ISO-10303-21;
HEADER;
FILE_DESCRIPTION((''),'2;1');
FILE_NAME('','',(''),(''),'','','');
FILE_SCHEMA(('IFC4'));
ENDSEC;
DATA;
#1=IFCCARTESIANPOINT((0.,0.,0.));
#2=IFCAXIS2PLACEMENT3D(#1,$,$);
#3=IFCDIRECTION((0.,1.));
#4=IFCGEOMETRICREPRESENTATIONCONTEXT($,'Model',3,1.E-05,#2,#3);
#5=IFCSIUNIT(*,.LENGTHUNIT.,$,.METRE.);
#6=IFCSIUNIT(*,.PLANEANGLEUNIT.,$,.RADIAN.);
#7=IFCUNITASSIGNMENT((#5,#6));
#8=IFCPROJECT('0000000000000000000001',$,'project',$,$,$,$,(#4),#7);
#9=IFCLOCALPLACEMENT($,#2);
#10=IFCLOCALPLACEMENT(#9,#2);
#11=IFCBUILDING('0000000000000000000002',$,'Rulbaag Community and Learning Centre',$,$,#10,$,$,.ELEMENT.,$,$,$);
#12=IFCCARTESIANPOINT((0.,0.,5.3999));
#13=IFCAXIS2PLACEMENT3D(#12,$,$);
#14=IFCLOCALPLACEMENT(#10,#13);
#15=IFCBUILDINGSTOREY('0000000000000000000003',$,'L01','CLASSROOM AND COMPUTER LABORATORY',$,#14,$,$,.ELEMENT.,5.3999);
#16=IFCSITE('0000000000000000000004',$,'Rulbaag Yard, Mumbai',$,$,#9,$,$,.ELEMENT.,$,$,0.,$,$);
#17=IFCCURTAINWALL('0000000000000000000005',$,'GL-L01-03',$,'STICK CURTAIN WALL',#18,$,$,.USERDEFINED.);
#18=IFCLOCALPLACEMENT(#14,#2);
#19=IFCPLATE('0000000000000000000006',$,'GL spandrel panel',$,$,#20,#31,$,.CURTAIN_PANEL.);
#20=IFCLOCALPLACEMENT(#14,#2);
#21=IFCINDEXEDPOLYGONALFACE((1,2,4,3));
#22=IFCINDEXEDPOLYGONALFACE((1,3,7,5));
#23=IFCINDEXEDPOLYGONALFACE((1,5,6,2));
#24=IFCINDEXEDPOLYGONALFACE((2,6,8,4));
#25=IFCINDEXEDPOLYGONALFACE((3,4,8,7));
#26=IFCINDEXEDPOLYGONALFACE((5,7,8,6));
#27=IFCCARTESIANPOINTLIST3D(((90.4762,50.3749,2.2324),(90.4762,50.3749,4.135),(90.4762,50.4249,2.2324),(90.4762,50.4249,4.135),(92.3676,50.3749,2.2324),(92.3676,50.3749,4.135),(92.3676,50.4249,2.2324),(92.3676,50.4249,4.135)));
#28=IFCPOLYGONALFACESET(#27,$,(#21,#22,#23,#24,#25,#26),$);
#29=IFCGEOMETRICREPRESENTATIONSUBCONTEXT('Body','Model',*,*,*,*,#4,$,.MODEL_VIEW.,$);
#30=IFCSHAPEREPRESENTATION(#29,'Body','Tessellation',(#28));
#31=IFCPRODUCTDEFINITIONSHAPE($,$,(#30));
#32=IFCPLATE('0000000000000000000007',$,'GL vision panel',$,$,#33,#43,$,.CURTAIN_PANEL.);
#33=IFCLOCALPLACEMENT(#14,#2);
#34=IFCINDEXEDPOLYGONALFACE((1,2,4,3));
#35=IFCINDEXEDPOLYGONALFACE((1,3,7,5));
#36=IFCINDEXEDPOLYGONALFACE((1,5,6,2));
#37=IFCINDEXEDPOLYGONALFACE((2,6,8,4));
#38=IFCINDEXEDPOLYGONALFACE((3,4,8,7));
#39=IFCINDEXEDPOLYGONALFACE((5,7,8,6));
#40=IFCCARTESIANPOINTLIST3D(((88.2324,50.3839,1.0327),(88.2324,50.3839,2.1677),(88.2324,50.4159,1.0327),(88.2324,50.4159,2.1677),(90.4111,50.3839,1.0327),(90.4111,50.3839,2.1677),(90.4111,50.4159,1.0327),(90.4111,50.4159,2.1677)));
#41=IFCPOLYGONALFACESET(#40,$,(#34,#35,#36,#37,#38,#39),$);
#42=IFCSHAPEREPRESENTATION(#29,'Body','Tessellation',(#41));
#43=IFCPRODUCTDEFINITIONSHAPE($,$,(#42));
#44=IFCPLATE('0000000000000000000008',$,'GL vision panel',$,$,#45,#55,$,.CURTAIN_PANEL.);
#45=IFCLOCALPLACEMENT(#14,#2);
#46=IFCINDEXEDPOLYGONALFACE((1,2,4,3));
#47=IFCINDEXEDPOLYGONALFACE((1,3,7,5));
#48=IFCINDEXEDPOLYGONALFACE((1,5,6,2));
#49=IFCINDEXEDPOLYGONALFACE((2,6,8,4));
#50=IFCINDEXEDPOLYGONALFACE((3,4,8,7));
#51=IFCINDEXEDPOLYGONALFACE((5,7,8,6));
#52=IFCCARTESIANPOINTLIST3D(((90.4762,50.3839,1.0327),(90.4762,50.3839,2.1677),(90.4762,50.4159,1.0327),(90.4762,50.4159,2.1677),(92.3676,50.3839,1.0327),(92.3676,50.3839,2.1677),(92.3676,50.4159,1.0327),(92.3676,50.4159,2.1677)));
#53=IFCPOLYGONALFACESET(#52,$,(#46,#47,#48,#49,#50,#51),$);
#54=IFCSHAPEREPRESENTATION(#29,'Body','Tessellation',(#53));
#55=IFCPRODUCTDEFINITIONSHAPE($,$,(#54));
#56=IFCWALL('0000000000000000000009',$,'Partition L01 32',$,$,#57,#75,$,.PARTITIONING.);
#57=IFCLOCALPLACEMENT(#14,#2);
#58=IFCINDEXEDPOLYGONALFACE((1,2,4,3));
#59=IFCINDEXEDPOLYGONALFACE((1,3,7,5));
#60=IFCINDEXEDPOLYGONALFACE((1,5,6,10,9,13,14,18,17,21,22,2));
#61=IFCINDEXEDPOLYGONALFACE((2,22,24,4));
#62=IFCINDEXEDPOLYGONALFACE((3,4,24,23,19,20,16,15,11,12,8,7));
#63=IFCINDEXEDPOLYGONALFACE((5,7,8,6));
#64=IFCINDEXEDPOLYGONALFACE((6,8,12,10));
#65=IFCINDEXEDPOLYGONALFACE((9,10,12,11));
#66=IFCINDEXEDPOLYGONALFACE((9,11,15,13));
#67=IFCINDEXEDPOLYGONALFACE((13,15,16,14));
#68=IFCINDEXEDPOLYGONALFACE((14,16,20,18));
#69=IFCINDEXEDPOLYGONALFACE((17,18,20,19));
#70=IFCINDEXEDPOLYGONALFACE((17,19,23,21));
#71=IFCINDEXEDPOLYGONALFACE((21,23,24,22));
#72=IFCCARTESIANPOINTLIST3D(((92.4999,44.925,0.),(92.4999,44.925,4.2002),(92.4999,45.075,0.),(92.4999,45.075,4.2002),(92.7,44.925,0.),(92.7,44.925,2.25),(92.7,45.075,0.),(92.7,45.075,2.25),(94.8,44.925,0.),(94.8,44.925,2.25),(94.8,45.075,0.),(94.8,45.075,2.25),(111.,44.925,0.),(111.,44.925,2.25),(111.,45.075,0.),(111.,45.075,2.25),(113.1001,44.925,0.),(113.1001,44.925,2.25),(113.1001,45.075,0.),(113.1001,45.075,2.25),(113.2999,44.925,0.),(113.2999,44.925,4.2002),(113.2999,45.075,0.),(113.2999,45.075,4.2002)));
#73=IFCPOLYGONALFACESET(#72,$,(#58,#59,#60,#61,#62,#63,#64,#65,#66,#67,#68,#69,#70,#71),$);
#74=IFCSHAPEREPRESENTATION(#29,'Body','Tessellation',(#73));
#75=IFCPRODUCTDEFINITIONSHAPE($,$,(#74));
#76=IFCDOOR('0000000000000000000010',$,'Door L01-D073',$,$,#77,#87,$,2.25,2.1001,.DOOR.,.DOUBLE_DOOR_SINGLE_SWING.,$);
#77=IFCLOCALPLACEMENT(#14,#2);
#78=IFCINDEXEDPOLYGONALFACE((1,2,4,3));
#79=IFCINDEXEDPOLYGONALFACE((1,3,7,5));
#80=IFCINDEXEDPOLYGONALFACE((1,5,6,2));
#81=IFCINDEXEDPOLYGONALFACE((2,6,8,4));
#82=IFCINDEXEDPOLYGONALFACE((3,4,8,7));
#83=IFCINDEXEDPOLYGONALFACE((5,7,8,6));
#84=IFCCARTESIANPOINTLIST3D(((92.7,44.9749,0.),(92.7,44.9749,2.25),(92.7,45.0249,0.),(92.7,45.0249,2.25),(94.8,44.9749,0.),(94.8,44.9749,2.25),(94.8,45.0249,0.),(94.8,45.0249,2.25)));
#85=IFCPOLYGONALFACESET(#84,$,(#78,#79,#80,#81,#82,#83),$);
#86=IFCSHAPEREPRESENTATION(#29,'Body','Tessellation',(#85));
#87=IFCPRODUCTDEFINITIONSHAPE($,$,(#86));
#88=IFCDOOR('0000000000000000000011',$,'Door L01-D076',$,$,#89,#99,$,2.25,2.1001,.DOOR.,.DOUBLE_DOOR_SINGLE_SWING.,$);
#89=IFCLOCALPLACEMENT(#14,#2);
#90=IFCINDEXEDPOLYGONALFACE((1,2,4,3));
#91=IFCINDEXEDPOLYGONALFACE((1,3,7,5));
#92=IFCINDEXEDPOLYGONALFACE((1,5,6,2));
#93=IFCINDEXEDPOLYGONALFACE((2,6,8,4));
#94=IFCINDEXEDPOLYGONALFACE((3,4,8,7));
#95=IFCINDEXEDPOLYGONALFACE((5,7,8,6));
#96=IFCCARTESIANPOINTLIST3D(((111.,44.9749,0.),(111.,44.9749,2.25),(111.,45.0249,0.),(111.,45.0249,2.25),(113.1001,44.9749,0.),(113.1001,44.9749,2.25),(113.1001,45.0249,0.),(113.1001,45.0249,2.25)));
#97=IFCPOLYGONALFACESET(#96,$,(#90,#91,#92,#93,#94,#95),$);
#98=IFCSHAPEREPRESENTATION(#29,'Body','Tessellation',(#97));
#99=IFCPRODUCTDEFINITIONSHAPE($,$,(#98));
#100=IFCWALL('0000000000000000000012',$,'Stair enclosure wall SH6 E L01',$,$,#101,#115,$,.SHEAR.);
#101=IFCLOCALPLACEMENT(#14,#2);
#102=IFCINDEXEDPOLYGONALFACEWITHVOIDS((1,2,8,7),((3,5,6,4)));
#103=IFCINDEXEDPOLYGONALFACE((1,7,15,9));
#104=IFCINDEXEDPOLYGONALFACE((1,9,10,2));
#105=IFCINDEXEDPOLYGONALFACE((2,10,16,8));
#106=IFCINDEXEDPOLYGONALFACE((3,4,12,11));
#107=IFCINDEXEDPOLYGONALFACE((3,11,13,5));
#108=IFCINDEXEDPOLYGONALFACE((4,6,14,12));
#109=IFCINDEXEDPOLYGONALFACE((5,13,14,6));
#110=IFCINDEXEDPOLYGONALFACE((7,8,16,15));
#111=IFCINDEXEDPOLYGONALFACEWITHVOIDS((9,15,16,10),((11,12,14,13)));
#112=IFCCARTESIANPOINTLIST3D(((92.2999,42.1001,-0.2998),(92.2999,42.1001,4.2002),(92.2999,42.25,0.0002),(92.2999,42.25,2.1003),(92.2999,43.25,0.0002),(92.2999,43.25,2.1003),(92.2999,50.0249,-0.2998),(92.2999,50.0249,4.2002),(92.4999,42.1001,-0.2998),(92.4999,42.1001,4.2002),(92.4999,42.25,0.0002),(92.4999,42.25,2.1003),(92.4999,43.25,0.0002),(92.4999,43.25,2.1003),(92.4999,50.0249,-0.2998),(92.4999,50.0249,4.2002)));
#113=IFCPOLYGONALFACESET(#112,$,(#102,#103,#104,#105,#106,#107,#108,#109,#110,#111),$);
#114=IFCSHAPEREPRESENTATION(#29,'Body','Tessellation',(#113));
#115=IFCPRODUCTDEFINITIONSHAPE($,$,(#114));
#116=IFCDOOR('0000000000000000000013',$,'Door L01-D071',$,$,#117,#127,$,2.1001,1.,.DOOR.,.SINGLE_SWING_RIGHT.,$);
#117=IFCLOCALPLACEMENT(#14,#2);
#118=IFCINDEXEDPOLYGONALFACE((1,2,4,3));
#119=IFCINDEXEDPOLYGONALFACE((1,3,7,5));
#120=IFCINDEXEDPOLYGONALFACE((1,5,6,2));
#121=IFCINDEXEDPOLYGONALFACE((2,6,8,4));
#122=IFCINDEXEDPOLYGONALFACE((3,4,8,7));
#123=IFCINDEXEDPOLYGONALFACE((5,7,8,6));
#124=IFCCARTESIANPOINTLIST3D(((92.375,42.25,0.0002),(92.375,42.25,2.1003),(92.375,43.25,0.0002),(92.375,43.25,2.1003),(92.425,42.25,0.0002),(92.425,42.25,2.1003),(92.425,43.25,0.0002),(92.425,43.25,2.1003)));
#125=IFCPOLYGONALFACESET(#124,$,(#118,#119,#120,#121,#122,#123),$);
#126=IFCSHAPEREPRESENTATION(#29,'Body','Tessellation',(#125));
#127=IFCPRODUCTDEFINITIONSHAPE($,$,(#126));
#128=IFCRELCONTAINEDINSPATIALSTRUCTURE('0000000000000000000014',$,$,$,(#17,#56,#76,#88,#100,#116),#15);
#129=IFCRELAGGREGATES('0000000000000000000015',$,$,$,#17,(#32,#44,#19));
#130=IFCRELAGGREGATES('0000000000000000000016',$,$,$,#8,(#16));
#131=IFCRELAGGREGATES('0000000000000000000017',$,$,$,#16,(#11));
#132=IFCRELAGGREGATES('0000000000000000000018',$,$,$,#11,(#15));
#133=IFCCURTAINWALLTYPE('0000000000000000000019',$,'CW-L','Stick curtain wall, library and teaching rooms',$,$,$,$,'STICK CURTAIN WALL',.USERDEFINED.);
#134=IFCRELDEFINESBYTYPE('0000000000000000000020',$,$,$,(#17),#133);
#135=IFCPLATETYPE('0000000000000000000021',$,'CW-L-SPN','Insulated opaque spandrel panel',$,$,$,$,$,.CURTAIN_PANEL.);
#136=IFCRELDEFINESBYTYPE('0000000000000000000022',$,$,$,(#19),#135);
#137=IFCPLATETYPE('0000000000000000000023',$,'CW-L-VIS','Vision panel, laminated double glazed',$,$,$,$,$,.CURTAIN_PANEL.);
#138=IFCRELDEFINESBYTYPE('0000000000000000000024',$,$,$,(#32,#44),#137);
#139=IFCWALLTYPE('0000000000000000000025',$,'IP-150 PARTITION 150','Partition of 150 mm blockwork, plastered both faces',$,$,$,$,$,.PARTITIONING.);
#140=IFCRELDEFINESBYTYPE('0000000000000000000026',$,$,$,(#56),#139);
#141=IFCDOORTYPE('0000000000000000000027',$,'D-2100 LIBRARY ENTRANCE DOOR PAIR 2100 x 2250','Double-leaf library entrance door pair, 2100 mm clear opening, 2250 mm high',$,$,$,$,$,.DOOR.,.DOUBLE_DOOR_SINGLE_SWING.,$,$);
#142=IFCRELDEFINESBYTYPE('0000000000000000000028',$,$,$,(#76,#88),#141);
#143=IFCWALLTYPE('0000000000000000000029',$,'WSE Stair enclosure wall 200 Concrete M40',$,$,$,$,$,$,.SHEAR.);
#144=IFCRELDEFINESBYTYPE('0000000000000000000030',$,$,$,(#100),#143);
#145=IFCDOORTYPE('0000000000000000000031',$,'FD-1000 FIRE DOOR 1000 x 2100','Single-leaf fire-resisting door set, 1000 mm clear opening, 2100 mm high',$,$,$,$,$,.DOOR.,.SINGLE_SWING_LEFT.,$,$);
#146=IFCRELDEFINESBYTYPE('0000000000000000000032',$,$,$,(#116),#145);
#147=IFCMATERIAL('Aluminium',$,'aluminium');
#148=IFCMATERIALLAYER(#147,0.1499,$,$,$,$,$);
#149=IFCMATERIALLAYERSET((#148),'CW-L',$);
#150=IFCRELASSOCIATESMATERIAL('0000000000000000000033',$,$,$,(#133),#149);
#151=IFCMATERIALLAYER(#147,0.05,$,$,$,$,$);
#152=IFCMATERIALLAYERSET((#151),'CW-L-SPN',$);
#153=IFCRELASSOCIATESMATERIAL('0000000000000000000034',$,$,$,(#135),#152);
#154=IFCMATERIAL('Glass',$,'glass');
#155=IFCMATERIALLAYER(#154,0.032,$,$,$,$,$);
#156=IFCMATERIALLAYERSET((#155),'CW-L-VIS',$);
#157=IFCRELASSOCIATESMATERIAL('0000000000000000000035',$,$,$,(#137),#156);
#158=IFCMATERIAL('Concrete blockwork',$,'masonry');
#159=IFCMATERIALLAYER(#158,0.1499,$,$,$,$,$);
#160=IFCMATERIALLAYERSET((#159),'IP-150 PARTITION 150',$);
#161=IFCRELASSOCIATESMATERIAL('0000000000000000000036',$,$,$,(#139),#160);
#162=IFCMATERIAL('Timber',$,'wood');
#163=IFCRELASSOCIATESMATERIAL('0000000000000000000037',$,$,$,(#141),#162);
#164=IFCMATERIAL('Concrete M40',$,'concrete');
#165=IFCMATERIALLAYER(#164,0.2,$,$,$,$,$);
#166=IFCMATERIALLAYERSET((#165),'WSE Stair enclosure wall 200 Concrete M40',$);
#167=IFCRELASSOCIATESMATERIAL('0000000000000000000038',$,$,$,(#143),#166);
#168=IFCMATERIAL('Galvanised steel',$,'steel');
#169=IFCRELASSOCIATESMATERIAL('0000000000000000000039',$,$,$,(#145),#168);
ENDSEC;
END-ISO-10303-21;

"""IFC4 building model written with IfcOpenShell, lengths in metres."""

from ifc_helpers import new_model, si_unit, direction, frame, frame_2d, origin, origin_2d, place, context, subcontext, project, spatial, rectangle, extrude, material, layer, layer_set, type_object, element, fill, aggregate, save


model = new_model("IFC4")

# Units and contexts
model_context = context("Model", 3, precision=1e-05, world=origin(), true_north=direction((0.0, 1.0)))
body_context = subcontext(model_context, "Body", "Model", "MODEL_VIEW")
ifc_project = project(units=[si_unit("LENGTHUNIT", "METRE"), si_unit("PLANEANGLEUNIT", "RADIAN")], contexts=[model_context])

# Site, building, storey
site_placement = place(None, origin())
site = spatial("IfcSite", under=ifc_project, at=site_placement, Name="Rulbaag Yard, Mumbai", CompositionType="ELEMENT", RefElevation=0.0)
building_placement = place(site_placement, origin())
building = spatial("IfcBuilding", under=site, at=building_placement, Name="Rulbaag Community and Learning Centre", CompositionType="ELEMENT")
storey_placement = place(building_placement, frame((0.0, 0.0, 5.3999)))
storey = spatial("IfcBuildingStorey", under=building, at=storey_placement, Name="L01", Description="CLASSROOM AND COMPUTER LABORATORY", CompositionType="ELEMENT", Elevation=5.3999)

# Curtain wall, plates
ifc_material_1 = material(Name="Aluminium", Category="aluminium")
ifc_layer_1 = layer(ifc_material_1, 0.1499)
ifc_layer_set_1 = layer_set([ifc_layer_1], Name="CW-L")
curtain_wall_type = type_object("IfcCurtainWallType", Name="CW-L", Description="Stick curtain wall, library and teaching rooms", ElementType="STICK CURTAIN WALL", PredefinedType="USERDEFINED", material=ifc_layer_set_1)
curtain_wall_placement = place(storey_placement, origin())
curtain_wall = element("IfcCurtainWall", 1, at=curtain_wall_placement, inside=storey, type_object=curtain_wall_type, Name="GL-L01-03", ObjectType="STICK CURTAIN WALL", PredefinedType="USERDEFINED")
ifc_layer_2 = layer(ifc_material_1, 0.05)
ifc_layer_set_2 = layer_set([ifc_layer_2], Name="CW-L-SPN")
plate_type_1 = type_object("IfcPlateType", Name="CW-L-SPN", Description="Insulated opaque spandrel panel", PredefinedType="CURTAIN_PANEL", material=ifc_layer_set_2)
plate_1_placement = place(storey_placement, frame((91.4219, 50.3999, 2.2324), z_axis=(0.0, 0.0, 1.0), x_axis=(1.0, 0.0, 0.0)))
plate_1 = element("IfcPlate", 2, at=plate_1_placement, type_object=plate_type_1, Name="GL spandrel panel", PredefinedType="CURTAIN_PANEL", context=body_context, shape_type="SweptSolid", body=[
    extrude(rectangle(XDim=1.8914, YDim=0.05, at=origin_2d()), origin(), (0.0, 0.0, 1.0), 1.9026),
])
ifc_material_2 = material(Name="Glass", Category="glass")
ifc_layer_3 = layer(ifc_material_2, 0.032)
ifc_layer_set_3 = layer_set([ifc_layer_3], Name="CW-L-VIS")
plate_type_2 = type_object("IfcPlateType", Name="CW-L-VIS", Description="Vision panel, laminated double glazed", PredefinedType="CURTAIN_PANEL", material=ifc_layer_set_3)
plate_2_placement = place(storey_placement, frame((89.3218, 50.3999, 1.0327), z_axis=(0.0, 0.0, 1.0), x_axis=(1.0, 0.0, 0.0)))
plate_2 = element("IfcPlate", 3, at=plate_2_placement, type_object=plate_type_2, Name="GL vision panel", PredefinedType="CURTAIN_PANEL", context=body_context, shape_type="SweptSolid", body=[
    extrude(rectangle(XDim=2.1787, YDim=0.032, at=origin_2d()), origin(), (0.0, 0.0, 1.0), 1.135),
])
plate_3_placement = place(storey_placement, frame((91.4219, 50.3999, 1.0327), z_axis=(0.0, 0.0, 1.0), x_axis=(1.0, 0.0, 0.0)))
plate_3 = element("IfcPlate", 4, at=plate_3_placement, type_object=plate_type_2, Name="GL vision panel", PredefinedType="CURTAIN_PANEL", context=body_context, shape_type="SweptSolid", body=[
    extrude(rectangle(XDim=1.8914, YDim=0.032, at=origin_2d()), origin(), (0.0, 0.0, 1.0), 1.135),
])
aggregate(curtain_wall, [plate_2, plate_3, plate_1])

# Wall, openings, doors
ifc_material_3 = material(Name="Concrete blockwork", Category="masonry")
ifc_layer_4 = layer(ifc_material_3, 0.1499)
ifc_layer_set_4 = layer_set([ifc_layer_4], Name="IP-150 PARTITION 150")
wall_type_1 = type_object("IfcWallType", Name="IP-150 PARTITION 150", Description="Partition of 150 mm blockwork, plastered both faces", PredefinedType="PARTITIONING", material=ifc_layer_set_4)
wall_1_placement = place(storey_placement, frame((92.5, 45.0, 0.0), z_axis=(0.0, 0.0, 1.0), x_axis=(1.0, 0.0, 0.0)))
wall_1 = element("IfcWall", 5, at=wall_1_placement, inside=storey, type_object=wall_type_1, Name="Partition L01 32", PredefinedType="PARTITIONING", context=body_context, shape_type="SweptSolid", body=[
    extrude(rectangle(XDim=20.8, YDim=0.1499, at=frame_2d((10.3999, 0.0))), origin(), (0.0, 0.0, 1.0), 4.2002),
])
opening_1_placement = place(wall_1_placement, frame((0.2, 0.0, 0.0)))
opening_1 = element("IfcOpeningElement", 6, at=opening_1_placement, cuts=wall_1, PredefinedType="OPENING", context=body_context, shape_type="SweptSolid", body=[
    extrude(rectangle(XDim=2.1001, YDim=2.25, at=frame_2d((1.05, 1.125))), frame((0.0, 0.085, 0.0), z_axis=(0.0, -1.0, 0.0), x_axis=(1.0, 0.0, 0.0)), (0.0, 0.0, 1.0), 0.1699),
])
opening_2_placement = place(wall_1_placement, frame((18.5, 0.0, 0.0)))
opening_2 = element("IfcOpeningElement", 7, at=opening_2_placement, cuts=wall_1, PredefinedType="OPENING", context=body_context, shape_type="SweptSolid", body=[
    extrude(rectangle(XDim=2.1001, YDim=2.25, at=frame_2d((1.05, 1.125))), frame((0.0, 0.085, 0.0), z_axis=(0.0, -1.0, 0.0), x_axis=(1.0, 0.0, 0.0)), (0.0, 0.0, 1.0), 0.1699),
])
ifc_material_4 = material(Name="Timber", Category="wood")
door_type_1 = type_object("IfcDoorType", Name="D-2100 LIBRARY ENTRANCE DOOR PAIR 2100 x 2250", Description="Double-leaf library entrance door pair, 2100 mm clear opening, 2250 mm high", OperationType="DOUBLE_DOOR_SINGLE_SWING", PredefinedType="DOOR", material=ifc_material_4)
door_1_placement = place(opening_1_placement, origin())
door_1 = element("IfcDoor", 8, at=door_1_placement, inside=storey, type_object=door_type_1, Name="Door L01-D073", OperationType="DOUBLE_DOOR_SINGLE_SWING", OverallHeight=2.25, OverallWidth=2.1001, PredefinedType="DOOR", context=body_context, shape_type="SweptSolid", body=[
    extrude(rectangle(XDim=2.1001, YDim=2.25, at=frame_2d((1.05, 1.125))), frame((0.0, 0.0249, 0.0), z_axis=(0.0, -1.0, 0.0), x_axis=(1.0, 0.0, 0.0)), (0.0, 0.0, 1.0), 0.05),
])
fill(opening_1, door_1)
door_2_placement = place(opening_2_placement, origin())
door_2 = element("IfcDoor", 9, at=door_2_placement, inside=storey, type_object=door_type_1, Name="Door L01-D076", OperationType="DOUBLE_DOOR_SINGLE_SWING", OverallHeight=2.25, OverallWidth=2.1001, PredefinedType="DOOR", context=body_context, shape_type="SweptSolid", body=[
    extrude(rectangle(XDim=2.1001, YDim=2.25, at=frame_2d((1.05, 1.125))), frame((0.0, 0.0249, 0.0), z_axis=(0.0, -1.0, 0.0), x_axis=(1.0, 0.0, 0.0)), (0.0, 0.0, 1.0), 0.05),
])
fill(opening_2, door_2)

# Wall, opening, door
ifc_material_5 = material(Name="Concrete M40", Category="concrete")
ifc_layer_5 = layer(ifc_material_5, 0.2)
ifc_layer_set_5 = layer_set([ifc_layer_5], Name="WSE Stair enclosure wall 200 Concrete M40")
wall_type_2 = type_object("IfcWallType", Name="WSE Stair enclosure wall 200 Concrete M40", PredefinedType="SHEAR", material=ifc_layer_set_5)
wall_2_placement = place(storey_placement, frame((92.3999, 42.1001, -0.2998), z_axis=(0.0, 0.0, 1.0), x_axis=(0.0, 1.0, 0.0)))
wall_2 = element("IfcWall", 10, at=wall_2_placement, inside=storey, type_object=wall_type_2, Name="Stair enclosure wall SH6 E L01", PredefinedType="SHEAR", context=body_context, shape_type="SweptSolid", body=[
    extrude(rectangle(XDim=7.9248, YDim=0.2, at=frame_2d((3.9624, 0.0))), origin(), (0.0, 0.0, 1.0), 4.5),
])
opening_3_placement = place(wall_2_placement, frame((0.1499, 0.0, 0.3)))
opening_3 = element("IfcOpeningElement", 11, at=opening_3_placement, cuts=wall_2, PredefinedType="OPENING", context=body_context, shape_type="SweptSolid", body=[
    extrude(rectangle(XDim=1.0, YDim=2.1001, at=frame_2d((0.5, 1.05))), frame((0.0, 0.1099, 0.0), z_axis=(0.0, -1.0, 0.0), x_axis=(1.0, 0.0, 0.0)), (0.0, 0.0, 1.0), 0.22),
])
ifc_material_6 = material(Name="Galvanised steel", Category="steel")
door_type_2 = type_object("IfcDoorType", Name="FD-1000 FIRE DOOR 1000 x 2100", Description="Single-leaf fire-resisting door set, 1000 mm clear opening, 2100 mm high", OperationType="SINGLE_SWING_LEFT", PredefinedType="DOOR", material=ifc_material_6)
door_3_placement = place(opening_3_placement, origin())
door_3 = element("IfcDoor", 12, at=door_3_placement, inside=storey, type_object=door_type_2, Name="Door L01-D071", OperationType="SINGLE_SWING_RIGHT", OverallHeight=2.1001, OverallWidth=1.0, PredefinedType="DOOR", context=body_context, shape_type="SweptSolid", body=[
    extrude(rectangle(XDim=1.0, YDim=2.1001, at=frame_2d((0.5, 1.05))), frame((0.0, 0.0249, 0.0), z_axis=(0.0, -1.0, 0.0), x_axis=(1.0, 0.0, 0.0)), (0.0, 0.0, 1.0), 0.05),
])
fill(opening_3, door_3)

save(model, "model.ifc")
